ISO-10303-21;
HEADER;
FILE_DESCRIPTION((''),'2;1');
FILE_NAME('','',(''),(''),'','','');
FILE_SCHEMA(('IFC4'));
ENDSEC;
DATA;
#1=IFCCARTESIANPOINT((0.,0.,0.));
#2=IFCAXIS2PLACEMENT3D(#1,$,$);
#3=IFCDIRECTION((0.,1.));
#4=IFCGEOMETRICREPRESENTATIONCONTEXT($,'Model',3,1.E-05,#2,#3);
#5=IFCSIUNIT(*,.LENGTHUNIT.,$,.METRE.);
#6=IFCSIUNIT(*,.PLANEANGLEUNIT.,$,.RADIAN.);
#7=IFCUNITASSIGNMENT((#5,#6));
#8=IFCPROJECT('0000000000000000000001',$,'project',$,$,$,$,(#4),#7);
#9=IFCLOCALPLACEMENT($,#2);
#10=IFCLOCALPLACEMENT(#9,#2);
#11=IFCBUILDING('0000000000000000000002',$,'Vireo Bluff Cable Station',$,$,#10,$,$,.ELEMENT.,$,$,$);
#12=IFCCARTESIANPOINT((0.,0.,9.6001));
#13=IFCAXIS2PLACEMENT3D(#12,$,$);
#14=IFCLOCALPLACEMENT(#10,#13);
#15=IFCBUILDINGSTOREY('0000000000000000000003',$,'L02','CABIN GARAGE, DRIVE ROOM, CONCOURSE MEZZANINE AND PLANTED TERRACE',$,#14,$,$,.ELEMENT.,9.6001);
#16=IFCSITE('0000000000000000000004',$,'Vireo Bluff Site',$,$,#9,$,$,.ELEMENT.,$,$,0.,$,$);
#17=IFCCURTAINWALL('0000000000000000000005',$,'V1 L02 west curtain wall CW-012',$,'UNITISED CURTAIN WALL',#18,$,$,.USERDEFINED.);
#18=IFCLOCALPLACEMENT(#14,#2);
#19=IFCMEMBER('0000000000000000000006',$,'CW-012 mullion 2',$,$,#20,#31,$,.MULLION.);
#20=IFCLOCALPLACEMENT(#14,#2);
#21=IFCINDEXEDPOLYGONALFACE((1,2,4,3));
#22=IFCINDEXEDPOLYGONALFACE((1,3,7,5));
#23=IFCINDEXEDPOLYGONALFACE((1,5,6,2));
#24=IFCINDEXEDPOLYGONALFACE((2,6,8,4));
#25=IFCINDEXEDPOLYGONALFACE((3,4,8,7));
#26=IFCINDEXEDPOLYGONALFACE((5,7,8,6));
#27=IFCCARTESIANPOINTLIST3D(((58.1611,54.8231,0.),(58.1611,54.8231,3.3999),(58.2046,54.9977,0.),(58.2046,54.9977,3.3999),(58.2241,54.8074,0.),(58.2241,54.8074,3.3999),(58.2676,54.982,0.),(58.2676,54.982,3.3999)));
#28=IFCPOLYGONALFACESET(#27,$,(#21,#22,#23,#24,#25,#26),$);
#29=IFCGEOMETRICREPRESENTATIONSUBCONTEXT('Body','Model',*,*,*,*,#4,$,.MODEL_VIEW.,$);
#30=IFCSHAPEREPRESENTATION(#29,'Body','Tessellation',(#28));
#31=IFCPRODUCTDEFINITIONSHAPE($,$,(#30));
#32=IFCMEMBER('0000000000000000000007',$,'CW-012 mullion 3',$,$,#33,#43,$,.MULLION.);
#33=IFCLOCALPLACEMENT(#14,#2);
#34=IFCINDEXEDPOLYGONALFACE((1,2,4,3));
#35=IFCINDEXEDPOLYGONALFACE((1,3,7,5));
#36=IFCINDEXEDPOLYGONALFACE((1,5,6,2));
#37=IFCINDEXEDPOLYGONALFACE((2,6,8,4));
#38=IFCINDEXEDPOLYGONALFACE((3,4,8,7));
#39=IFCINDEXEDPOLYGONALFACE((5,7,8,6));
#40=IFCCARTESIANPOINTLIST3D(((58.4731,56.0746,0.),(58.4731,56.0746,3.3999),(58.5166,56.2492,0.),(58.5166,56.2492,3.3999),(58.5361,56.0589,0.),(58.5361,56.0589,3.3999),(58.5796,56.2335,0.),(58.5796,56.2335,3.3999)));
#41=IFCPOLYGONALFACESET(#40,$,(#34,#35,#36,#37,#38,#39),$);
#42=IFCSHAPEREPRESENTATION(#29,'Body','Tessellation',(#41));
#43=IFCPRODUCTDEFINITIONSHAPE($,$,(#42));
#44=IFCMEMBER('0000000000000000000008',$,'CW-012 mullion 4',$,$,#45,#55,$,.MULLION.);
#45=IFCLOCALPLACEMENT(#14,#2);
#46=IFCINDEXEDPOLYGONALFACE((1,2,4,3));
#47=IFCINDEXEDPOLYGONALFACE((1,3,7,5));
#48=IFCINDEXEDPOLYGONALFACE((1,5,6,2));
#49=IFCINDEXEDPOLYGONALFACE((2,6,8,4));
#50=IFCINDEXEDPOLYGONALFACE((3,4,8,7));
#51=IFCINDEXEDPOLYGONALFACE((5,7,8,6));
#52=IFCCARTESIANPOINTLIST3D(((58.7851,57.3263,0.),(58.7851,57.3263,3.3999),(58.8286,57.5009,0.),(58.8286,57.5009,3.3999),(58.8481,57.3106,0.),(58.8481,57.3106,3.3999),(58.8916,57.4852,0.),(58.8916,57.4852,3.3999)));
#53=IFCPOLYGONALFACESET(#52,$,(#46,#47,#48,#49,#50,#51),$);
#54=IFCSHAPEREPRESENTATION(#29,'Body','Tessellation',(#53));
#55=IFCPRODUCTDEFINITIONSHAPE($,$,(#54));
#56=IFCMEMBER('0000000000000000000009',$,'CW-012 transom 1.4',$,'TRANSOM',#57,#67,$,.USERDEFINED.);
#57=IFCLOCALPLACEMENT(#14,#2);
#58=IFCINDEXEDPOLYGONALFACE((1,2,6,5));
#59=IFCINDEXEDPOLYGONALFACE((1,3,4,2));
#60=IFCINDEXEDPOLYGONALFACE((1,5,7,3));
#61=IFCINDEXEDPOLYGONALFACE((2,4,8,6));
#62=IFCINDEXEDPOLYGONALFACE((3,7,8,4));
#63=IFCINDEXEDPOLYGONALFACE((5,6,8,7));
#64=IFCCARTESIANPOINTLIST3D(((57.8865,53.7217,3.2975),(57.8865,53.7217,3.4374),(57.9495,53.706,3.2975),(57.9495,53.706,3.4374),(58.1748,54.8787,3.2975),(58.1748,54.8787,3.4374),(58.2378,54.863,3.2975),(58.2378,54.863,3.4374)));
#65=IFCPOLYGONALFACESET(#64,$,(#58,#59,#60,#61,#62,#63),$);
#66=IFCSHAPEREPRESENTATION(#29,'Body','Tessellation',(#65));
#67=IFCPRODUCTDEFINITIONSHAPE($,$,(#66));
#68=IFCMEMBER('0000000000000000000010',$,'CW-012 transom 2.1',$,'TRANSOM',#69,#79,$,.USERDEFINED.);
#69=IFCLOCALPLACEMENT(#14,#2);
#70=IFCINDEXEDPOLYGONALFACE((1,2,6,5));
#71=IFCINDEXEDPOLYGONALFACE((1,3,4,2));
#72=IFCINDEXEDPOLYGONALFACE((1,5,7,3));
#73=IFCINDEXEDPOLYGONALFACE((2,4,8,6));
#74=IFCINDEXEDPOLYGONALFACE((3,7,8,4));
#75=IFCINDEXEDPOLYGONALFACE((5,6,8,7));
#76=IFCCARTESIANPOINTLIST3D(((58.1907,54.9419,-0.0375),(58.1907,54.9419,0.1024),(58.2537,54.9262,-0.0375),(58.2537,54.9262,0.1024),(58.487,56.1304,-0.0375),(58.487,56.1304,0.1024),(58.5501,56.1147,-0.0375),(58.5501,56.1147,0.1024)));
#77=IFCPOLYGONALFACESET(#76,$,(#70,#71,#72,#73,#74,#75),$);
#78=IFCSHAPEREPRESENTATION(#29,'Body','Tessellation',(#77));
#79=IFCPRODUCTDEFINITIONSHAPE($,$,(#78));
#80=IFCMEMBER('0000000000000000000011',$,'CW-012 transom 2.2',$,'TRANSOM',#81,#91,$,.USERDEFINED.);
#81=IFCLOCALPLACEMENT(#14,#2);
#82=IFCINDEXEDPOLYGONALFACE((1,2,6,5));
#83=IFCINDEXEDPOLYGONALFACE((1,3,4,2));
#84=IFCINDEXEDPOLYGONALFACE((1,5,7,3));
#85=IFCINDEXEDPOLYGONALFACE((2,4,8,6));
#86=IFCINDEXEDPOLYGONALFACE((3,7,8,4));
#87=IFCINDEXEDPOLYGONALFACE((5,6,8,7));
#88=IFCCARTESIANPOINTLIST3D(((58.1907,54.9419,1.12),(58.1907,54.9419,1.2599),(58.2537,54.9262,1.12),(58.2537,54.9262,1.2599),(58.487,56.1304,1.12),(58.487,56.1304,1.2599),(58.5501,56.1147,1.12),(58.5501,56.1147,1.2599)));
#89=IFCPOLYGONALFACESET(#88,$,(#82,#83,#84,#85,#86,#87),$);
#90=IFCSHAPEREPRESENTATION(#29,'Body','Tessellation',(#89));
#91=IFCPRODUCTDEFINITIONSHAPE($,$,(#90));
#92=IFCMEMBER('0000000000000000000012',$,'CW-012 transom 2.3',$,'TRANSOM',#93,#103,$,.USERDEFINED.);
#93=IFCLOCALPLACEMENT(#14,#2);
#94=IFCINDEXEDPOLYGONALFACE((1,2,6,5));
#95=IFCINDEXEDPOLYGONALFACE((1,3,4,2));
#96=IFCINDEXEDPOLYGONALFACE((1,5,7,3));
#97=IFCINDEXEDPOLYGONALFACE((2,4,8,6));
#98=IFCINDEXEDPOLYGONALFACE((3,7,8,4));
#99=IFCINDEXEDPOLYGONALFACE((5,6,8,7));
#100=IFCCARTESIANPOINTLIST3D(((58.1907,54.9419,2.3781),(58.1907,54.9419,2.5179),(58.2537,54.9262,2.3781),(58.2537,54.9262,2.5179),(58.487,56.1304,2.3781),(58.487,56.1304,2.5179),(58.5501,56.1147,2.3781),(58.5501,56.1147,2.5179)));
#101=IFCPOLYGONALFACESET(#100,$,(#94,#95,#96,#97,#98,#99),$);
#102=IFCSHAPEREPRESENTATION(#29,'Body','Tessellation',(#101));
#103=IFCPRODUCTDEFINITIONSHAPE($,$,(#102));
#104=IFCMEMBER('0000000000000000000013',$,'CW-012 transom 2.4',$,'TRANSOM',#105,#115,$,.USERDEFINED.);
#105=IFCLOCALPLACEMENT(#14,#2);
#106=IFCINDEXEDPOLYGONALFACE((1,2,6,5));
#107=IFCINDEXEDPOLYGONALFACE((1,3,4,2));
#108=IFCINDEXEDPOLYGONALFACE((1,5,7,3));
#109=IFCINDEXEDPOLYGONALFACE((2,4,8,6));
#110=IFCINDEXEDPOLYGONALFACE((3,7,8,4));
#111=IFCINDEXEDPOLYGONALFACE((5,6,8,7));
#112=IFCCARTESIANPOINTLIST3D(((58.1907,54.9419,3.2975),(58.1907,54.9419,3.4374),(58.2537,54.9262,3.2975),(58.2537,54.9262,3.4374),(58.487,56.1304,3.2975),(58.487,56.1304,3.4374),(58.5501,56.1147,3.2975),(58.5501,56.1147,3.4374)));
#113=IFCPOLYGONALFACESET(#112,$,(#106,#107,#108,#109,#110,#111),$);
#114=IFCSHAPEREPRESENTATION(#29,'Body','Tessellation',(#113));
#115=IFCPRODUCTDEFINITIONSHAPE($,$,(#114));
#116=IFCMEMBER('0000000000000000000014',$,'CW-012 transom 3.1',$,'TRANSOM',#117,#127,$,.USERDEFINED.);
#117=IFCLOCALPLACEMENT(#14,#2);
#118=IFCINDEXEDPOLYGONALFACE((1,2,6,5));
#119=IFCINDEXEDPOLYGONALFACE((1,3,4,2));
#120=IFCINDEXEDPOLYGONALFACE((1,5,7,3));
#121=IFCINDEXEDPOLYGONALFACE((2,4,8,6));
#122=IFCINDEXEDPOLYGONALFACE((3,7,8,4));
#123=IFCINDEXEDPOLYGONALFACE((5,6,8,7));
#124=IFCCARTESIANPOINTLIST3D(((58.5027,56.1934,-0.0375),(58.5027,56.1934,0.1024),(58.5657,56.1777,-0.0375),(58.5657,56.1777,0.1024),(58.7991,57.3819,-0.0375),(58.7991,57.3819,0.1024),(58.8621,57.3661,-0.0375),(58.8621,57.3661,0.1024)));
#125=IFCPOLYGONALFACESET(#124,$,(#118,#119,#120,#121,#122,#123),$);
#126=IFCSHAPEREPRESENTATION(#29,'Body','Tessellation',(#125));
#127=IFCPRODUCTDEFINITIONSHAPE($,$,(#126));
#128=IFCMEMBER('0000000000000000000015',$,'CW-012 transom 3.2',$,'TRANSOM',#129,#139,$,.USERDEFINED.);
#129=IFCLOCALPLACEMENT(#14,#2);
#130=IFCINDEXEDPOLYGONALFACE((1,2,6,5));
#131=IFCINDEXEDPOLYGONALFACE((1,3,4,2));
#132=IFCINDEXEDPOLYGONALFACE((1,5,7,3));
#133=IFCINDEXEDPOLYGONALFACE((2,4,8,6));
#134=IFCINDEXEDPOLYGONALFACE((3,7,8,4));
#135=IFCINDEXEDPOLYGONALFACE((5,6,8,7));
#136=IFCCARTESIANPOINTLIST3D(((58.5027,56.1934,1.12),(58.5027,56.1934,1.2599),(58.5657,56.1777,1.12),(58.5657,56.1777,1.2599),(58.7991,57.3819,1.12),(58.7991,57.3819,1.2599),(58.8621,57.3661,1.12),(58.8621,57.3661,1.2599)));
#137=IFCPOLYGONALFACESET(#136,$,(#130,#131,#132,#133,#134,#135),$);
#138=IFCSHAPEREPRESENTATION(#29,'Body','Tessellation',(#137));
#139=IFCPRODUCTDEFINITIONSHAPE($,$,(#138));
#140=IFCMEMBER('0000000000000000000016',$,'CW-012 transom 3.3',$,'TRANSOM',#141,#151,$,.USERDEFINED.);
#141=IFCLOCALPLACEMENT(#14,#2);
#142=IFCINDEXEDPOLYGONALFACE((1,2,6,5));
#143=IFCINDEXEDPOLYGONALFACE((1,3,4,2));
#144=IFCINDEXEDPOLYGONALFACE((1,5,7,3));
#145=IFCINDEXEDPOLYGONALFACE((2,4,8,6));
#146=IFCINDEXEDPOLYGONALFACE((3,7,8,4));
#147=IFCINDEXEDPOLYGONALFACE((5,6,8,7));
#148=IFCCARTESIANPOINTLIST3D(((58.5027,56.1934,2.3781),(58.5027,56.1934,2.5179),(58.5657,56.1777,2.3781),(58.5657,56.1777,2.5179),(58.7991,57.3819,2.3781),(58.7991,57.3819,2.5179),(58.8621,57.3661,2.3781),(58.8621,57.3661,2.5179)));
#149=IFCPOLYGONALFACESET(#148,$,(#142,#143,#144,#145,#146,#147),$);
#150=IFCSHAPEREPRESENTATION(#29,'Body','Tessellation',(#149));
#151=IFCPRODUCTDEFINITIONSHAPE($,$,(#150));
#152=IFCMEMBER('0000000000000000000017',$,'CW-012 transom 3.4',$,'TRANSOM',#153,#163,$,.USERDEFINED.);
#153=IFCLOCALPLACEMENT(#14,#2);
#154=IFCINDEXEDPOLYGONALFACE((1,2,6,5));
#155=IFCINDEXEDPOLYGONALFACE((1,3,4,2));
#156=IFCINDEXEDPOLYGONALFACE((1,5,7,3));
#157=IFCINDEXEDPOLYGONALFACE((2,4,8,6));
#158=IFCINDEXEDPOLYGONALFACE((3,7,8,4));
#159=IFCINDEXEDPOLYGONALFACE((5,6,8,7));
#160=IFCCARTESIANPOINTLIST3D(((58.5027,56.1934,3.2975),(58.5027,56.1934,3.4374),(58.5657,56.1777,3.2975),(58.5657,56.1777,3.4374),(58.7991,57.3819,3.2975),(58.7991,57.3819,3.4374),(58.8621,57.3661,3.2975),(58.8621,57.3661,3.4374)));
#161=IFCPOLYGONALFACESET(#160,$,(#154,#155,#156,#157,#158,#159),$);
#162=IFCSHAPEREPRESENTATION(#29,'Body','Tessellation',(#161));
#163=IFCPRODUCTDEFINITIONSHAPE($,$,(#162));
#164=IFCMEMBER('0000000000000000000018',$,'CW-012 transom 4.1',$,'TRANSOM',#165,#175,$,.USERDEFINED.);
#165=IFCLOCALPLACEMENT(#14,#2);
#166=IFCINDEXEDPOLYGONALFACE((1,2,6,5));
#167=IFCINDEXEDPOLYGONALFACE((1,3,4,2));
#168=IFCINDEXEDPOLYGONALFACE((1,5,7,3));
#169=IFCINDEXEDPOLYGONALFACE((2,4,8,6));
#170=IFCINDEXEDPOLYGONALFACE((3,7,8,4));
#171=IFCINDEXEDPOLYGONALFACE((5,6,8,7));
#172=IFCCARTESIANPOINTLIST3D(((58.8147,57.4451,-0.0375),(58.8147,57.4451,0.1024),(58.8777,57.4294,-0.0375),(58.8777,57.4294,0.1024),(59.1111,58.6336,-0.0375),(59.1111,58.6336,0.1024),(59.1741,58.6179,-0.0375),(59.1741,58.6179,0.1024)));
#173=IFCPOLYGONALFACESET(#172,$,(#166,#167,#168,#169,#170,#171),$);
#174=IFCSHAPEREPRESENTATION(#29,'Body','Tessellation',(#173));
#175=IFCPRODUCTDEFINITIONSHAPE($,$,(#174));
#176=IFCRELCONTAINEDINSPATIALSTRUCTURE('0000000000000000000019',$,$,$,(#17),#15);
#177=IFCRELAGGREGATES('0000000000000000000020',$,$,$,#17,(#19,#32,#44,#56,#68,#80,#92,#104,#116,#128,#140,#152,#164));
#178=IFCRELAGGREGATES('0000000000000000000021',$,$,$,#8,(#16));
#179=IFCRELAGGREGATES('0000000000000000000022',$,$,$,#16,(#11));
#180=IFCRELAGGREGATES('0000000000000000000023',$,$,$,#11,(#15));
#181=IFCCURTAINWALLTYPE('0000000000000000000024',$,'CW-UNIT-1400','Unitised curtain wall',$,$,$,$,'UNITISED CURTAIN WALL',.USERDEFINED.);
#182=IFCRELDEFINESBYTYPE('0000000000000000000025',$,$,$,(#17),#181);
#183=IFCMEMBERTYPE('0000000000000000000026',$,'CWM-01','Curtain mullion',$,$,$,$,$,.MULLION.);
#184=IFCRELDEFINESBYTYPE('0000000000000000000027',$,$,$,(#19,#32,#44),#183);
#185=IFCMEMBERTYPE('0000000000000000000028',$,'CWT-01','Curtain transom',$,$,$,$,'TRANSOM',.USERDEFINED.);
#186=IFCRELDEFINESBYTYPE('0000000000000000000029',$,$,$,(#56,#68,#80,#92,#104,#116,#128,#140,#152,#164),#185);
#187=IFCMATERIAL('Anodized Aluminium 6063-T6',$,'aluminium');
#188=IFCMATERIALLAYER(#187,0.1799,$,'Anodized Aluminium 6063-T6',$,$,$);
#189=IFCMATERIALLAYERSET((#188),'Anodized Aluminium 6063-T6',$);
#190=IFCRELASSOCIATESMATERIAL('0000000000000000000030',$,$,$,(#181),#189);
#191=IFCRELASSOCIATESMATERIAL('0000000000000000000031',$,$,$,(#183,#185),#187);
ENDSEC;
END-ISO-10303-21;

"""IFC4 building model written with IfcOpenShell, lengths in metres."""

from ifc_helpers import new_model, si_unit, direction, frame, origin, origin_2d, place, context, subcontext, project, spatial, rectangle, extrude, material, layer, layer_set, material_profile, profile_set, type_object, element, aggregate, save


model = new_model("IFC4")

# Units and contexts
model_context = context("Model", 3, precision=1e-05, world=origin(), true_north=direction((0.0, 1.0)))
body_context = subcontext(model_context, "Body", "Model", "MODEL_VIEW")
ifc_project = project(units=[si_unit("LENGTHUNIT", "METRE"), si_unit("PLANEANGLEUNIT", "RADIAN")], contexts=[model_context])

# Site, building, storey
site_placement = place(None, origin())
site = spatial("IfcSite", under=ifc_project, at=site_placement, Name="Vireo Bluff Site", CompositionType="ELEMENT", RefElevation=0.0)
building_placement = place(site_placement, origin())
building = spatial("IfcBuilding", under=site, at=building_placement, Name="Vireo Bluff Cable Station", CompositionType="ELEMENT")
storey_placement = place(building_placement, frame((0.0, 0.0, 9.6001)))
storey = spatial("IfcBuildingStorey", under=building, at=storey_placement, Name="L02", Description="CABIN GARAGE, DRIVE ROOM, CONCOURSE MEZZANINE AND PLANTED TERRACE", CompositionType="ELEMENT", Elevation=9.6001)

# Curtain wall, members
ifc_material_1 = material(Name="Anodized Aluminium 6063-T6", Category="aluminium")
ifc_layer_1 = layer(ifc_material_1, 0.1799, Name="Anodized Aluminium 6063-T6")
ifc_layer_set_1 = layer_set([ifc_layer_1], Name="Anodized Aluminium 6063-T6")
curtain_wall_type = type_object("IfcCurtainWallType", Name="CW-UNIT-1400", Description="Unitised curtain wall", ElementType="UNITISED CURTAIN WALL", PredefinedType="USERDEFINED", material=ifc_layer_set_1)
curtain_wall_placement = place(storey_placement, origin())
curtain_wall = element("IfcCurtainWall", 1, at=curtain_wall_placement, inside=storey, type_object=curtain_wall_type, Name="V1 L02 west curtain wall CW-012", ObjectType="UNITISED CURTAIN WALL", PredefinedType="USERDEFINED")
ifc_material_profile_1 = material_profile(ifc_material_1, rectangle(XDim=0.0649, YDim=0.1799, at=origin_2d()), Name="ALU-M-65X180")
ifc_profile_set_1 = profile_set([ifc_material_profile_1], Name="Anodized Aluminium 6063-T6")
member_type_1 = type_object("IfcMemberType", Name="CWM-01", Description="Curtain mullion", PredefinedType="MULLION", material=ifc_profile_set_1)
member_1_placement = place(storey_placement, frame((58.2144, 54.9026, 0.0), z_axis=(0.0, 0.0, 1.0), x_axis=(-0.970296, 0.241922, 0.0)))
member_1 = element("IfcMember", 2, at=member_1_placement, type_object=member_type_1, Name="CW-012 mullion 2", PredefinedType="MULLION", context=body_context, shape_type="SweptSolid", body=[
    extrude(rectangle(XDim=0.0649, YDim=0.1799, at=origin_2d()), origin(), (0.0, 0.0, 1.0), 3.3999),
])
member_2_placement = place(storey_placement, frame((58.5264, 56.1541, 0.0), z_axis=(0.0, 0.0, 1.0), x_axis=(-0.970296, 0.241922, 0.0)))
member_2 = element("IfcMember", 3, at=member_2_placement, type_object=member_type_1, Name="CW-012 mullion 3", PredefinedType="MULLION", context=body_context, shape_type="SweptSolid", body=[
    extrude(rectangle(XDim=0.0649, YDim=0.1799, at=origin_2d()), origin(), (0.0, 0.0, 1.0), 3.3999),
])
member_3_placement = place(storey_placement, frame((58.8384, 57.4058, 0.0), z_axis=(0.0, 0.0, 1.0), x_axis=(-0.970296, 0.241922, 0.0)))
member_3 = element("IfcMember", 4, at=member_3_placement, type_object=member_type_1, Name="CW-012 mullion 4", PredefinedType="MULLION", context=body_context, shape_type="SweptSolid", body=[
    extrude(rectangle(XDim=0.0649, YDim=0.1799, at=origin_2d()), origin(), (0.0, 0.0, 1.0), 3.3999),
])
ifc_material_profile_2 = material_profile(ifc_material_1, rectangle(XDim=0.0649, YDim=0.1399, at=origin_2d()), Name="ALU-T-65X140")
ifc_profile_set_2 = profile_set([ifc_material_profile_2], Name="Anodized Aluminium 6063-T6")
member_type_2 = type_object("IfcMemberType", Name="CWT-01", Description="Curtain transom", ElementType="TRANSOM", PredefinedType="USERDEFINED", material=ifc_profile_set_2)
member_4_placement = place(storey_placement, frame((57.918, 53.7139, 3.3674), z_axis=(0.241813, 0.970323, 0.0), x_axis=(-0.970323, 0.241813, 0.0)))
member_4 = element("IfcMember", 5, at=member_4_placement, type_object=member_type_2, Name="CW-012 transom 1.4", ObjectType="TRANSOM", PredefinedType="USERDEFINED", context=body_context, shape_type="SweptSolid", body=[
    extrude(rectangle(XDim=0.0649, YDim=0.1399, at=origin_2d()), origin(), (0.0, 0.0, 1.0), 1.1924),
])
member_5_placement = place(storey_placement, frame((58.2222, 54.9341, 0.0325), z_axis=(0.241973, 0.970283, 0.0), x_axis=(-0.970283, 0.241973, 0.0)))
member_5 = element("IfcMember", 6, at=member_5_placement, type_object=member_type_2, Name="CW-012 transom 2.1", ObjectType="TRANSOM", PredefinedType="USERDEFINED", context=body_context, shape_type="SweptSolid", body=[
    extrude(rectangle(XDim=0.0649, YDim=0.1399, at=origin_2d()), origin(), (0.0, 0.0, 1.0), 1.2249),
])
member_6_placement = place(storey_placement, frame((58.2222, 54.9341, 1.1899), z_axis=(0.241973, 0.970283, 0.0), x_axis=(-0.970283, 0.241973, 0.0)))
member_6 = element("IfcMember", 7, at=member_6_placement, type_object=member_type_2, Name="CW-012 transom 2.2", ObjectType="TRANSOM", PredefinedType="USERDEFINED", context=body_context, shape_type="SweptSolid", body=[
    extrude(rectangle(XDim=0.0649, YDim=0.1399, at=origin_2d()), origin(), (0.0, 0.0, 1.0), 1.2249),
])
member_7_placement = place(storey_placement, frame((58.2222, 54.9341, 2.448), z_axis=(0.241973, 0.970283, 0.0), x_axis=(-0.970283, 0.241973, 0.0)))
member_7 = element("IfcMember", 8, at=member_7_placement, type_object=member_type_2, Name="CW-012 transom 2.3", ObjectType="TRANSOM", PredefinedType="USERDEFINED", context=body_context, shape_type="SweptSolid", body=[
    extrude(rectangle(XDim=0.0649, YDim=0.1399, at=origin_2d()), origin(), (0.0, 0.0, 1.0), 1.2249),
])
member_8_placement = place(storey_placement, frame((58.2222, 54.9341, 3.3674), z_axis=(0.241973, 0.970283, 0.0), x_axis=(-0.970283, 0.241973, 0.0)))
member_8 = element("IfcMember", 9, at=member_8_placement, type_object=member_type_2, Name="CW-012 transom 2.4", ObjectType="TRANSOM", PredefinedType="USERDEFINED", context=body_context, shape_type="SweptSolid", body=[
    extrude(rectangle(XDim=0.0649, YDim=0.1399, at=origin_2d()), origin(), (0.0, 0.0, 1.0), 1.2249),
])
member_9_placement = place(storey_placement, frame((58.5342, 56.1855, 0.0325), z_axis=(0.241973, 0.970283, 0.0), x_axis=(-0.970283, 0.241973, 0.0)))
member_9 = element("IfcMember", 10, at=member_9_placement, type_object=member_type_2, Name="CW-012 transom 3.1", ObjectType="TRANSOM", PredefinedType="USERDEFINED", context=body_context, shape_type="SweptSolid", body=[
    extrude(rectangle(XDim=0.0649, YDim=0.1399, at=origin_2d()), origin(), (0.0, 0.0, 1.0), 1.2249),
])
member_10_placement = place(storey_placement, frame((58.5342, 56.1855, 1.1899), z_axis=(0.241973, 0.970283, 0.0), x_axis=(-0.970283, 0.241973, 0.0)))
member_10 = element("IfcMember", 11, at=member_10_placement, type_object=member_type_2, Name="CW-012 transom 3.2", ObjectType="TRANSOM", PredefinedType="USERDEFINED", context=body_context, shape_type="SweptSolid", body=[
    extrude(rectangle(XDim=0.0649, YDim=0.1399, at=origin_2d()), origin(), (0.0, 0.0, 1.0), 1.2249),
])
member_11_placement = place(storey_placement, frame((58.5342, 56.1855, 2.448), z_axis=(0.241973, 0.970283, 0.0), x_axis=(-0.970283, 0.241973, 0.0)))
member_11 = element("IfcMember", 12, at=member_11_placement, type_object=member_type_2, Name="CW-012 transom 3.3", ObjectType="TRANSOM", PredefinedType="USERDEFINED", context=body_context, shape_type="SweptSolid", body=[
    extrude(rectangle(XDim=0.0649, YDim=0.1399, at=origin_2d()), origin(), (0.0, 0.0, 1.0), 1.2249),
])
member_12_placement = place(storey_placement, frame((58.5342, 56.1855, 3.3674), z_axis=(0.241973, 0.970283, 0.0), x_axis=(-0.970283, 0.241973, 0.0)))
member_12 = element("IfcMember", 13, at=member_12_placement, type_object=member_type_2, Name="CW-012 transom 3.4", ObjectType="TRANSOM", PredefinedType="USERDEFINED", context=body_context, shape_type="SweptSolid", body=[
    extrude(rectangle(XDim=0.0649, YDim=0.1399, at=origin_2d()), origin(), (0.0, 0.0, 1.0), 1.2249),
])
member_13_placement = place(storey_placement, frame((58.8462, 57.4373, 0.0325), z_axis=(0.241973, 0.970283, 0.0), x_axis=(-0.970283, 0.241973, 0.0)))
member_13 = element("IfcMember", 14, at=member_13_placement, type_object=member_type_2, Name="CW-012 transom 4.1", ObjectType="TRANSOM", PredefinedType="USERDEFINED", context=body_context, shape_type="SweptSolid", body=[
    extrude(rectangle(XDim=0.0649, YDim=0.1399, at=origin_2d()), origin(), (0.0, 0.0, 1.0), 1.2249),
])

aggregate(curtain_wall, [member_1, member_2, member_3, member_4, member_5, member_6, member_7, member_8, member_9, member_10, member_11, member_12, member_13])

save(model, "model.ifc")
